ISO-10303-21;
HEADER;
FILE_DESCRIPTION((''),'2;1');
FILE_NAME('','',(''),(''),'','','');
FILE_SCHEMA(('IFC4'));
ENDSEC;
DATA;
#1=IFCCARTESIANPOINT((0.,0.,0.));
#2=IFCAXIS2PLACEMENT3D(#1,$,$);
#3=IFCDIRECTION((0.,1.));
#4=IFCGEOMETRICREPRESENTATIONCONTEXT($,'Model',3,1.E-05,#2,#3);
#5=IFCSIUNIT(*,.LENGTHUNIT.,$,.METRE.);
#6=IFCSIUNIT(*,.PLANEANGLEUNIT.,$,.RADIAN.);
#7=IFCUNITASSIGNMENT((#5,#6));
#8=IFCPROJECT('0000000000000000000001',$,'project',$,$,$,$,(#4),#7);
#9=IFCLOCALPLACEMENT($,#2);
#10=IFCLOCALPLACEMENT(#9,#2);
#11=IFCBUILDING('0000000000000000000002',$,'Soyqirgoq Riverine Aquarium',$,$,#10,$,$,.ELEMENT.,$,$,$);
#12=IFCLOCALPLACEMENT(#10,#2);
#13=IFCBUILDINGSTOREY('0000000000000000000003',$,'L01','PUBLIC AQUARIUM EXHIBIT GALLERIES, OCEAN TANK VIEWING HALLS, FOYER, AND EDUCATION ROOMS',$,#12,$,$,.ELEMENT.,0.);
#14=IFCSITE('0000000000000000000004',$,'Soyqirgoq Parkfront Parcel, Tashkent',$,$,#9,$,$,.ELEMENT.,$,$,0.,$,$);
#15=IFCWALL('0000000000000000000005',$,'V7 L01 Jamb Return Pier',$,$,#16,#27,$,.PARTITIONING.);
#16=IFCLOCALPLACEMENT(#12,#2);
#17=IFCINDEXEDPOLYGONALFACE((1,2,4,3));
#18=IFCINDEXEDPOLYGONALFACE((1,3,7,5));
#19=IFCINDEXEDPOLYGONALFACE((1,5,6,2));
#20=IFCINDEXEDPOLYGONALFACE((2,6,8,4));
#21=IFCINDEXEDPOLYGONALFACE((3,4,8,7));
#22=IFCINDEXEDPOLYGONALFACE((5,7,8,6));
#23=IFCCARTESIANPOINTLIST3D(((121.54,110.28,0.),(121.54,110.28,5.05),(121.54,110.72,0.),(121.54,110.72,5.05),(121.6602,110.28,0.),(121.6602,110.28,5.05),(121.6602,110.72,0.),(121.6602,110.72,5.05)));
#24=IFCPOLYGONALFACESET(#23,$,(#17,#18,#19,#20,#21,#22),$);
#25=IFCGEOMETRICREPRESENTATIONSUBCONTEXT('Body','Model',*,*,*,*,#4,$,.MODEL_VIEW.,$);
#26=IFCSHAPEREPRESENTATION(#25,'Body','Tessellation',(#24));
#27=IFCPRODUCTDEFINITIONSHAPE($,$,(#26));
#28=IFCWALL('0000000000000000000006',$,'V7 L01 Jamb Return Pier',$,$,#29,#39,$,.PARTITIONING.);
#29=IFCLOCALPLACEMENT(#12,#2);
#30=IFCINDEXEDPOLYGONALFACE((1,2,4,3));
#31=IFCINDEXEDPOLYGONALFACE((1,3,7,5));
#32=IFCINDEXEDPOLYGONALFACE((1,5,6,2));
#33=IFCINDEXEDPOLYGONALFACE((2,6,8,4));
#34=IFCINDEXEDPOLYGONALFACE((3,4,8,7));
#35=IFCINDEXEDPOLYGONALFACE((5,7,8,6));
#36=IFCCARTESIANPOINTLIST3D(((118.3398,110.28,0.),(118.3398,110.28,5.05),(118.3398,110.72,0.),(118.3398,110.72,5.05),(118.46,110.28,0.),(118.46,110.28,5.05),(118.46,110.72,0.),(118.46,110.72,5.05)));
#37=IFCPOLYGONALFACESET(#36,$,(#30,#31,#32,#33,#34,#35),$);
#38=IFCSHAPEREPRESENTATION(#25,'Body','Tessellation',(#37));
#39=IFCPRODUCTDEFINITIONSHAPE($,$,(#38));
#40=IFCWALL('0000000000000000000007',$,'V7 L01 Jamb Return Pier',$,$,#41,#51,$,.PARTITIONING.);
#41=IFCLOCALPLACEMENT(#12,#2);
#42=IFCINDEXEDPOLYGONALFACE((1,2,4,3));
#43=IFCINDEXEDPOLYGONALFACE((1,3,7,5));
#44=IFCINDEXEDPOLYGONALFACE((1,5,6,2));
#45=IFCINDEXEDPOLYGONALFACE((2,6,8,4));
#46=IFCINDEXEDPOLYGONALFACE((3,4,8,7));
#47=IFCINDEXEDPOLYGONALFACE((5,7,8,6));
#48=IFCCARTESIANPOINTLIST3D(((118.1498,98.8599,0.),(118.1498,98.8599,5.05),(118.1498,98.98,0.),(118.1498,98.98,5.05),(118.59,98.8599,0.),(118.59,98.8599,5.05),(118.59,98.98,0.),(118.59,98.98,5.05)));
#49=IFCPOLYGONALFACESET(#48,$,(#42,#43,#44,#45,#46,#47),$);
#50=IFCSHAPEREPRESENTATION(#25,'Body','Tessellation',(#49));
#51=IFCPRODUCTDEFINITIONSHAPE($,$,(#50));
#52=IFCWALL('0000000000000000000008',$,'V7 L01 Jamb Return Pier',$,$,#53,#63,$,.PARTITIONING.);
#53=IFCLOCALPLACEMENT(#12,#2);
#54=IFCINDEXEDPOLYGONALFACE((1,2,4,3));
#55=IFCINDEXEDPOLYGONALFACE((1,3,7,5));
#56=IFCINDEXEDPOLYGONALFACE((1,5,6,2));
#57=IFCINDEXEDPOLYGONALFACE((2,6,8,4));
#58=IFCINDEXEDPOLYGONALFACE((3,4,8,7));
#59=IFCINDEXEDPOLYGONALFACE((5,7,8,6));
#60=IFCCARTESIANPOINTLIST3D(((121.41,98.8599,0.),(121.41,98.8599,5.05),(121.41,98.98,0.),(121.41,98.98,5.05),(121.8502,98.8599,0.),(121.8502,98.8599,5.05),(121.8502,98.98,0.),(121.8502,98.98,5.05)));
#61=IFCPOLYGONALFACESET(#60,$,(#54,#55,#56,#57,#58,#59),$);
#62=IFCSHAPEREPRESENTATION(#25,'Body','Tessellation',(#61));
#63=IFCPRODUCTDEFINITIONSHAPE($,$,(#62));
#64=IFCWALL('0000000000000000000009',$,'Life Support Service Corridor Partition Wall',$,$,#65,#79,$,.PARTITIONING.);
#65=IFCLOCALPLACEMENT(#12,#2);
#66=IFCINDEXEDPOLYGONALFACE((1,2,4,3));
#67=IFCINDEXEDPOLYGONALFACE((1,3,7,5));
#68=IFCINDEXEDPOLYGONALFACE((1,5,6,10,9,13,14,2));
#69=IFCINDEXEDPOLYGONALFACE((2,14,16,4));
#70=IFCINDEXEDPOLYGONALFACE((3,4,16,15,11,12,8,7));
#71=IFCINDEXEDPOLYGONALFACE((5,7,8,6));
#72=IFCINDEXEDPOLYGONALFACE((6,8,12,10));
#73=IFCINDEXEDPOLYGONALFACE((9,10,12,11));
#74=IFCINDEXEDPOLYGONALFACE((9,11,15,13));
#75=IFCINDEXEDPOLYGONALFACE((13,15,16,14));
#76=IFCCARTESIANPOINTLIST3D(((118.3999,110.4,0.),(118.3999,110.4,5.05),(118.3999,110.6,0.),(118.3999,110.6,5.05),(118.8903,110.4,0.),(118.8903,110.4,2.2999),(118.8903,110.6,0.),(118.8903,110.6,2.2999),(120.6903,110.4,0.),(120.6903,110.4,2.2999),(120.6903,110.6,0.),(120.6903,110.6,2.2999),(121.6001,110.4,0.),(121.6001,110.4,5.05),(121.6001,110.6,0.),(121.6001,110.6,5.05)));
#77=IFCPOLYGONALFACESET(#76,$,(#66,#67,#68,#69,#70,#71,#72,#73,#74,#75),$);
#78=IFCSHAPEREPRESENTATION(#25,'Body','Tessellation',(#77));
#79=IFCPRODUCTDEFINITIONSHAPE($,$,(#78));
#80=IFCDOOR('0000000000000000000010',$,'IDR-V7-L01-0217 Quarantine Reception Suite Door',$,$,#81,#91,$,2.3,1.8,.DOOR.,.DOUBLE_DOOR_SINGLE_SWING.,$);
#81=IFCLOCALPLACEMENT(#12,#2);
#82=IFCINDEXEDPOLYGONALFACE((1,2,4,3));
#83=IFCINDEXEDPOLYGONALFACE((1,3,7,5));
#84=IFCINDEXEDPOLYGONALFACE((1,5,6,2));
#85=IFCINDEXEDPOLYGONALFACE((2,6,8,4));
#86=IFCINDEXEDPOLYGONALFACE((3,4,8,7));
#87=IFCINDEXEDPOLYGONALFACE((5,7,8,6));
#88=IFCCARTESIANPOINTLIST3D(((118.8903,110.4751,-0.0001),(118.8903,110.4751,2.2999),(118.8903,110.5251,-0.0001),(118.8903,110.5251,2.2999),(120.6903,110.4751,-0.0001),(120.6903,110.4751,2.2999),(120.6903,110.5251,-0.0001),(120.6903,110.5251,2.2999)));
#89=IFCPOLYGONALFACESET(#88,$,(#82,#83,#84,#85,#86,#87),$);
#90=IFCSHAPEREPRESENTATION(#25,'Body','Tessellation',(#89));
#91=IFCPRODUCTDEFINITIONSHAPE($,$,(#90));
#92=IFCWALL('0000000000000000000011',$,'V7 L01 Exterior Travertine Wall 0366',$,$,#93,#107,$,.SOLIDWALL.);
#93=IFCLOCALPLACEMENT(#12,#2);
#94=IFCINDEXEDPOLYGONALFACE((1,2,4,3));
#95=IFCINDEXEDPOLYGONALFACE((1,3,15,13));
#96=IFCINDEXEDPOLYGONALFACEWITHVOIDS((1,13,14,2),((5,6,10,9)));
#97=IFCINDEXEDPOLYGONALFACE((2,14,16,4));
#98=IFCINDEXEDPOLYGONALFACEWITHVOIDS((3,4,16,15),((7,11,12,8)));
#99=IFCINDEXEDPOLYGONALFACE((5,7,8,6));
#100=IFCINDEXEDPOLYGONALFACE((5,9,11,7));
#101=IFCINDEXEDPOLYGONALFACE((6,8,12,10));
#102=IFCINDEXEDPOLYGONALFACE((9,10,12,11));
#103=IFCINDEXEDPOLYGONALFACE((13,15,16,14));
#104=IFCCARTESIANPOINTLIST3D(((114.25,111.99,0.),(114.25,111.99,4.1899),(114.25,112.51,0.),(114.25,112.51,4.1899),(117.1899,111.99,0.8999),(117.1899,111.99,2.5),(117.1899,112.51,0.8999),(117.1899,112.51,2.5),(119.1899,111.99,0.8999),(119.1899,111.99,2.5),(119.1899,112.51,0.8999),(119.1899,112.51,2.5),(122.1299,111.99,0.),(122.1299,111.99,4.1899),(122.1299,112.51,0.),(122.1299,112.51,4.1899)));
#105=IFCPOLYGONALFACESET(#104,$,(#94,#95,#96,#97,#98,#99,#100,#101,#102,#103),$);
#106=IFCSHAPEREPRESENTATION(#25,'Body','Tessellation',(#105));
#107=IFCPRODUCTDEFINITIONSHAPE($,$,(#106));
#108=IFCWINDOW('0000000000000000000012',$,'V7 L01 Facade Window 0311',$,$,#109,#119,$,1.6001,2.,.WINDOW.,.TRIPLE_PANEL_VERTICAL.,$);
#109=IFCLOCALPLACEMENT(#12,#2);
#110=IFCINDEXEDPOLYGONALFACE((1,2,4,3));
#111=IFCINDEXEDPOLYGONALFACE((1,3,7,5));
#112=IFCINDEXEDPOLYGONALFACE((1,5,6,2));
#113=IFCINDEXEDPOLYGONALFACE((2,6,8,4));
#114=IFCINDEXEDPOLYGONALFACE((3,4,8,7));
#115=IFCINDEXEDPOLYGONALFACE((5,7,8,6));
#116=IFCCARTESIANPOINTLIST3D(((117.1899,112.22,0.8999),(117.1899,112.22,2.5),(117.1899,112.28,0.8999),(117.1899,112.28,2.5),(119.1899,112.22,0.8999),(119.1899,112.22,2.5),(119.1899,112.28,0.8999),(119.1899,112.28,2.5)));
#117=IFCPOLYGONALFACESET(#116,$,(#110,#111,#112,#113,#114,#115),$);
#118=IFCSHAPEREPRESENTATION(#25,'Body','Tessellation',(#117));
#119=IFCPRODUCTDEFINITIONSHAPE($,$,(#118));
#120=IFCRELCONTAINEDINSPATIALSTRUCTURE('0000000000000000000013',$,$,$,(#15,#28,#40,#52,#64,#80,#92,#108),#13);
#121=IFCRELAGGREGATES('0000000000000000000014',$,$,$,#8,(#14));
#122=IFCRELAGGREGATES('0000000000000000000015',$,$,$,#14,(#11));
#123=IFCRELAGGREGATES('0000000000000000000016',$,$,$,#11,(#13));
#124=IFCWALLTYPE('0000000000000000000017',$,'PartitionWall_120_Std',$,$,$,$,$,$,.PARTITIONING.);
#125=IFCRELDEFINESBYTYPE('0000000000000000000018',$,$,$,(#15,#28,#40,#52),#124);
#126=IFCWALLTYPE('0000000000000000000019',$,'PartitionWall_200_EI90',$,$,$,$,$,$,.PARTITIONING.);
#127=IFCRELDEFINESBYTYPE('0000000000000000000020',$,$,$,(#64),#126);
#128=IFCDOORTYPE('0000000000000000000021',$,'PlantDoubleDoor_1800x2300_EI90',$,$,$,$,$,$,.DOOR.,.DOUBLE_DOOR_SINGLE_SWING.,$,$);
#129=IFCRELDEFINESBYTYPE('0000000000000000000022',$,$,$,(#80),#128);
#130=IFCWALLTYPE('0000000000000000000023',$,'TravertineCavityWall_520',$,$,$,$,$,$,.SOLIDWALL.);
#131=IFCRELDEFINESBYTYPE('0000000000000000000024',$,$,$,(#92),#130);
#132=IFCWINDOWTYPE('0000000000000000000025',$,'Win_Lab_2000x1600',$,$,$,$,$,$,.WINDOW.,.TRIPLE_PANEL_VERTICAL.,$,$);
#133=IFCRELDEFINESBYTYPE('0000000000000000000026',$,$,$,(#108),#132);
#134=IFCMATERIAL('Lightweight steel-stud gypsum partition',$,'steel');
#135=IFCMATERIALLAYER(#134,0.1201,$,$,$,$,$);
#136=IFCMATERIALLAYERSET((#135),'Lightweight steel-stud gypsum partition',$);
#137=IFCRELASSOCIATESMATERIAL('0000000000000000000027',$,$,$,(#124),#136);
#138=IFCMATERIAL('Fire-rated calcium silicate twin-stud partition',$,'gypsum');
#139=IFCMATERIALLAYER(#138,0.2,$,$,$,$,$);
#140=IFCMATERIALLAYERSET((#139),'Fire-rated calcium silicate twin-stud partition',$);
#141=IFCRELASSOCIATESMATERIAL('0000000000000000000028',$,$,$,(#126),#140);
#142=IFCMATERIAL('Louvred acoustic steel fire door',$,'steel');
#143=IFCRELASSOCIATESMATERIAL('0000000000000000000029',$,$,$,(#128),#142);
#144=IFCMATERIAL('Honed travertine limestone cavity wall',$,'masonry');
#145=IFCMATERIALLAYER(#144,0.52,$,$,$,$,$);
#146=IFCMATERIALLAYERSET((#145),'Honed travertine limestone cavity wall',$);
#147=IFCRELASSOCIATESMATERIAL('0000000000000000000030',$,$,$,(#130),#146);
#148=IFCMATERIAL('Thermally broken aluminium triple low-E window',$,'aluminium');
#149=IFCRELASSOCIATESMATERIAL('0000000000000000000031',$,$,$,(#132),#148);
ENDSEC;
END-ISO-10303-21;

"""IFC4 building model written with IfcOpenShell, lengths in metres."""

from ifc_helpers import new_model, si_unit, direction, frame, frame_2d, origin, place, context, subcontext, project, spatial, rectangle, extrude, material, layer, layer_set, type_object, element, fill, save


model = new_model("IFC4")

# Units and contexts
model_context = context("Model", 3, precision=1e-05, world=origin(), true_north=direction((0.0, 1.0)))
body_context = subcontext(model_context, "Body", "Model", "MODEL_VIEW")
ifc_project = project(units=[si_unit("LENGTHUNIT", "METRE"), si_unit("PLANEANGLEUNIT", "RADIAN")], contexts=[model_context])

# Site, building, storey
site_placement = place(None, origin())
site = spatial("IfcSite", under=ifc_project, at=site_placement, Name="Soyqirgoq Parkfront Parcel, Tashkent", CompositionType="ELEMENT", RefElevation=0.0)
building_placement = place(site_placement, origin())
building = spatial("IfcBuilding", under=site, at=building_placement, Name="Soyqirgoq Riverine Aquarium", CompositionType="ELEMENT")
storey_placement = place(building_placement, origin())
storey = spatial("IfcBuildingStorey", under=building, at=storey_placement, Name="L01", Description="PUBLIC AQUARIUM EXHIBIT GALLERIES, OCEAN TANK VIEWING HALLS, FOYER, AND EDUCATION ROOMS", CompositionType="ELEMENT", Elevation=0.0)

# Shared definitions
ifc_material_1 = material(Name="Lightweight steel-stud gypsum partition", Category="steel")
ifc_layer_1 = layer(ifc_material_1, 0.1201)
ifc_layer_set_1 = layer_set([ifc_layer_1], Name="Lightweight steel-stud gypsum partition")
wall_type_1 = type_object("IfcWallType", Name="PartitionWall_120_Std", PredefinedType="PARTITIONING", material=ifc_layer_set_1)

# Walls
for number, where, z_axis, x_axis, name in (
    (1, (121.6001, 110.72, 0.0), (0.0, 0.0, 1.0), (0.0, -1.0, 0.0), "V7 L01 Jamb Return Pier"),
    (2, (118.3999, 110.72, 0.0), (0.0, 0.0, 1.0), (0.0, -1.0, 0.0), "V7 L01 Jamb Return Pier"),
):
    element("IfcWall", number, at=place(storey_placement, frame(where, z_axis=z_axis, x_axis=x_axis)), inside=storey, type_object=wall_type_1, Name=name, PredefinedType="PARTITIONING", context=body_context, shape_type="SweptSolid", body=[
        extrude(rectangle(XDim=0.4399, YDim=0.1201, at=frame_2d((0.22, 0.0))), origin(), (0.0, 0.0, 1.0), 5.05),
    ])
for number, where, z_axis, x_axis, name in (
    (3, (118.5901, 98.9199, 0.0), (0.0, 0.0, 1.0), (-1.0, 0.0, 0.0), "V7 L01 Jamb Return Pier"),
    (4, (121.4099, 98.9199, 0.0), (0.0, 0.0, 1.0), (1.0, 0.0, 0.0), "V7 L01 Jamb Return Pier"),
):
    element("IfcWall", number, at=place(storey_placement, frame(where, z_axis=z_axis, x_axis=x_axis)), inside=storey, type_object=wall_type_1, Name=name, PredefinedType="PARTITIONING", context=body_context, shape_type="SweptSolid", body=[
        extrude(rectangle(XDim=0.4402, YDim=0.1201, at=frame_2d((0.2202, 0.0))), origin(), (0.0, 0.0, 1.0), 5.05),
    ])

# Wall, opening, door
ifc_material_2 = material(Name="Fire-rated calcium silicate twin-stud partition", Category="gypsum")
ifc_layer_2 = layer(ifc_material_2, 0.2)
ifc_layer_set_2 = layer_set([ifc_layer_2], Name="Fire-rated calcium silicate twin-stud partition")
wall_type_2 = type_object("IfcWallType", Name="PartitionWall_200_EI90", PredefinedType="PARTITIONING", material=ifc_layer_set_2)
wall_1_placement = place(storey_placement, frame((121.6001, 110.5, 0.0), z_axis=(0.0, 0.0, 1.0), x_axis=(-1.0, 0.0, 0.0)))
wall_1 = element("IfcWall", 5, at=wall_1_placement, inside=storey, type_object=wall_type_2, Name="Life Support Service Corridor Partition Wall", PredefinedType="PARTITIONING", context=body_context, shape_type="SweptSolid", body=[
    extrude(rectangle(XDim=3.2002, YDim=0.2, at=frame_2d((1.6001, 0.0))), origin(), (0.0, 0.0, 1.0), 5.05),
])
opening_1_placement = place(wall_1_placement, frame((0.9099, 0.0, 0.0)))
opening_1 = element("IfcOpeningElement", 6, at=opening_1_placement, cuts=wall_1, PredefinedType="OPENING", context=body_context, shape_type="SweptSolid", body=[
    extrude(rectangle(XDim=1.8, YDim=2.3, at=frame_2d((0.8999, 1.1499))), frame((0.0, 0.1099, 0.0), z_axis=(0.0, -1.0, 0.0), x_axis=(1.0, 0.0, 0.0)), (0.0, 0.0, 1.0), 0.22),
])
ifc_material_3 = material(Name="Louvred acoustic steel fire door", Category="steel")
door_type_1 = type_object("IfcDoorType", Name="PlantDoubleDoor_1800x2300_EI90", OperationType="DOUBLE_DOOR_SINGLE_SWING", PredefinedType="DOOR", material=ifc_material_3)
door_1_placement = place(opening_1_placement, origin())
door_1 = element("IfcDoor", 7, at=door_1_placement, inside=storey, type_object=door_type_1, Name="IDR-V7-L01-0217 Quarantine Reception Suite Door", OperationType="DOUBLE_DOOR_SINGLE_SWING", OverallHeight=2.3, OverallWidth=1.8, PredefinedType="DOOR", context=body_context, shape_type="SweptSolid", body=[
    extrude(rectangle(XDim=1.8, YDim=2.3, at=frame_2d((0.8999, 1.1499))), frame((0.0, 0.0249, 0.0), z_axis=(0.0, -1.0, 0.0), x_axis=(1.0, 0.0, 0.0)), (0.0, 0.0, 1.0), 0.05),
])
fill(opening_1, door_1)

# Wall, opening, window
ifc_material_4 = material(Name="Honed travertine limestone cavity wall", Category="masonry")
ifc_layer_3 = layer(ifc_material_4, 0.52)
ifc_layer_set_3 = layer_set([ifc_layer_3], Name="Honed travertine limestone cavity wall")
wall_type_3 = type_object("IfcWallType", Name="TravertineCavityWall_520", PredefinedType="SOLIDWALL", material=ifc_layer_set_3)
wall_2_placement = place(storey_placement, frame((114.25, 112.25, 0.0), z_axis=(0.0, 0.0, 1.0), x_axis=(1.0, 0.0, 0.0)))
wall_2 = element("IfcWall", 8, at=wall_2_placement, inside=storey, type_object=wall_type_3, Name="V7 L01 Exterior Travertine Wall 0366", PredefinedType="SOLIDWALL", context=body_context, shape_type="SweptSolid", body=[
    extrude(rectangle(XDim=7.8799, YDim=0.52, at=frame_2d((3.9399, 0.0))), origin(), (0.0, 0.0, 1.0), 4.1899),
])
opening_2_placement = place(wall_2_placement, frame((2.9399, 0.0, 0.8999)))
opening_2 = element("IfcOpeningElement", 9, at=opening_2_placement, cuts=wall_2, PredefinedType="OPENING", context=body_context, shape_type="SweptSolid", body=[
    extrude(rectangle(XDim=2.0, YDim=1.6001, at=frame_2d((1.0, 0.8))), frame((0.0, 0.27, 0.0), z_axis=(0.0, -1.0, 0.0), x_axis=(1.0, 0.0, 0.0)), (0.0, 0.0, 1.0), 0.54),
])
ifc_material_5 = material(Name="Thermally broken aluminium triple low-E window", Category="aluminium")
window_type = type_object("IfcWindowType", Name="Win_Lab_2000x1600", PartitioningType="TRIPLE_PANEL_VERTICAL", PredefinedType="WINDOW", material=ifc_material_5)
window_placement = place(opening_2_placement, origin())
window = element("IfcWindow", 10, at=window_placement, inside=storey, type_object=window_type, Name="V7 L01 Facade Window 0311", OverallHeight=1.6001, OverallWidth=2.0, PartitioningType="TRIPLE_PANEL_VERTICAL", PredefinedType="WINDOW", context=body_context, shape_type="SweptSolid", body=[
    extrude(rectangle(XDim=2.0, YDim=1.6001, at=frame_2d((1.0, 0.8))), frame((0.0, 0.03, 0.0), z_axis=(0.0, -1.0, 0.0), x_axis=(1.0, 0.0, 0.0)), (0.0, 0.0, 1.0), 0.0601),
])
fill(opening_2, window)

save(model, "model.ifc")
